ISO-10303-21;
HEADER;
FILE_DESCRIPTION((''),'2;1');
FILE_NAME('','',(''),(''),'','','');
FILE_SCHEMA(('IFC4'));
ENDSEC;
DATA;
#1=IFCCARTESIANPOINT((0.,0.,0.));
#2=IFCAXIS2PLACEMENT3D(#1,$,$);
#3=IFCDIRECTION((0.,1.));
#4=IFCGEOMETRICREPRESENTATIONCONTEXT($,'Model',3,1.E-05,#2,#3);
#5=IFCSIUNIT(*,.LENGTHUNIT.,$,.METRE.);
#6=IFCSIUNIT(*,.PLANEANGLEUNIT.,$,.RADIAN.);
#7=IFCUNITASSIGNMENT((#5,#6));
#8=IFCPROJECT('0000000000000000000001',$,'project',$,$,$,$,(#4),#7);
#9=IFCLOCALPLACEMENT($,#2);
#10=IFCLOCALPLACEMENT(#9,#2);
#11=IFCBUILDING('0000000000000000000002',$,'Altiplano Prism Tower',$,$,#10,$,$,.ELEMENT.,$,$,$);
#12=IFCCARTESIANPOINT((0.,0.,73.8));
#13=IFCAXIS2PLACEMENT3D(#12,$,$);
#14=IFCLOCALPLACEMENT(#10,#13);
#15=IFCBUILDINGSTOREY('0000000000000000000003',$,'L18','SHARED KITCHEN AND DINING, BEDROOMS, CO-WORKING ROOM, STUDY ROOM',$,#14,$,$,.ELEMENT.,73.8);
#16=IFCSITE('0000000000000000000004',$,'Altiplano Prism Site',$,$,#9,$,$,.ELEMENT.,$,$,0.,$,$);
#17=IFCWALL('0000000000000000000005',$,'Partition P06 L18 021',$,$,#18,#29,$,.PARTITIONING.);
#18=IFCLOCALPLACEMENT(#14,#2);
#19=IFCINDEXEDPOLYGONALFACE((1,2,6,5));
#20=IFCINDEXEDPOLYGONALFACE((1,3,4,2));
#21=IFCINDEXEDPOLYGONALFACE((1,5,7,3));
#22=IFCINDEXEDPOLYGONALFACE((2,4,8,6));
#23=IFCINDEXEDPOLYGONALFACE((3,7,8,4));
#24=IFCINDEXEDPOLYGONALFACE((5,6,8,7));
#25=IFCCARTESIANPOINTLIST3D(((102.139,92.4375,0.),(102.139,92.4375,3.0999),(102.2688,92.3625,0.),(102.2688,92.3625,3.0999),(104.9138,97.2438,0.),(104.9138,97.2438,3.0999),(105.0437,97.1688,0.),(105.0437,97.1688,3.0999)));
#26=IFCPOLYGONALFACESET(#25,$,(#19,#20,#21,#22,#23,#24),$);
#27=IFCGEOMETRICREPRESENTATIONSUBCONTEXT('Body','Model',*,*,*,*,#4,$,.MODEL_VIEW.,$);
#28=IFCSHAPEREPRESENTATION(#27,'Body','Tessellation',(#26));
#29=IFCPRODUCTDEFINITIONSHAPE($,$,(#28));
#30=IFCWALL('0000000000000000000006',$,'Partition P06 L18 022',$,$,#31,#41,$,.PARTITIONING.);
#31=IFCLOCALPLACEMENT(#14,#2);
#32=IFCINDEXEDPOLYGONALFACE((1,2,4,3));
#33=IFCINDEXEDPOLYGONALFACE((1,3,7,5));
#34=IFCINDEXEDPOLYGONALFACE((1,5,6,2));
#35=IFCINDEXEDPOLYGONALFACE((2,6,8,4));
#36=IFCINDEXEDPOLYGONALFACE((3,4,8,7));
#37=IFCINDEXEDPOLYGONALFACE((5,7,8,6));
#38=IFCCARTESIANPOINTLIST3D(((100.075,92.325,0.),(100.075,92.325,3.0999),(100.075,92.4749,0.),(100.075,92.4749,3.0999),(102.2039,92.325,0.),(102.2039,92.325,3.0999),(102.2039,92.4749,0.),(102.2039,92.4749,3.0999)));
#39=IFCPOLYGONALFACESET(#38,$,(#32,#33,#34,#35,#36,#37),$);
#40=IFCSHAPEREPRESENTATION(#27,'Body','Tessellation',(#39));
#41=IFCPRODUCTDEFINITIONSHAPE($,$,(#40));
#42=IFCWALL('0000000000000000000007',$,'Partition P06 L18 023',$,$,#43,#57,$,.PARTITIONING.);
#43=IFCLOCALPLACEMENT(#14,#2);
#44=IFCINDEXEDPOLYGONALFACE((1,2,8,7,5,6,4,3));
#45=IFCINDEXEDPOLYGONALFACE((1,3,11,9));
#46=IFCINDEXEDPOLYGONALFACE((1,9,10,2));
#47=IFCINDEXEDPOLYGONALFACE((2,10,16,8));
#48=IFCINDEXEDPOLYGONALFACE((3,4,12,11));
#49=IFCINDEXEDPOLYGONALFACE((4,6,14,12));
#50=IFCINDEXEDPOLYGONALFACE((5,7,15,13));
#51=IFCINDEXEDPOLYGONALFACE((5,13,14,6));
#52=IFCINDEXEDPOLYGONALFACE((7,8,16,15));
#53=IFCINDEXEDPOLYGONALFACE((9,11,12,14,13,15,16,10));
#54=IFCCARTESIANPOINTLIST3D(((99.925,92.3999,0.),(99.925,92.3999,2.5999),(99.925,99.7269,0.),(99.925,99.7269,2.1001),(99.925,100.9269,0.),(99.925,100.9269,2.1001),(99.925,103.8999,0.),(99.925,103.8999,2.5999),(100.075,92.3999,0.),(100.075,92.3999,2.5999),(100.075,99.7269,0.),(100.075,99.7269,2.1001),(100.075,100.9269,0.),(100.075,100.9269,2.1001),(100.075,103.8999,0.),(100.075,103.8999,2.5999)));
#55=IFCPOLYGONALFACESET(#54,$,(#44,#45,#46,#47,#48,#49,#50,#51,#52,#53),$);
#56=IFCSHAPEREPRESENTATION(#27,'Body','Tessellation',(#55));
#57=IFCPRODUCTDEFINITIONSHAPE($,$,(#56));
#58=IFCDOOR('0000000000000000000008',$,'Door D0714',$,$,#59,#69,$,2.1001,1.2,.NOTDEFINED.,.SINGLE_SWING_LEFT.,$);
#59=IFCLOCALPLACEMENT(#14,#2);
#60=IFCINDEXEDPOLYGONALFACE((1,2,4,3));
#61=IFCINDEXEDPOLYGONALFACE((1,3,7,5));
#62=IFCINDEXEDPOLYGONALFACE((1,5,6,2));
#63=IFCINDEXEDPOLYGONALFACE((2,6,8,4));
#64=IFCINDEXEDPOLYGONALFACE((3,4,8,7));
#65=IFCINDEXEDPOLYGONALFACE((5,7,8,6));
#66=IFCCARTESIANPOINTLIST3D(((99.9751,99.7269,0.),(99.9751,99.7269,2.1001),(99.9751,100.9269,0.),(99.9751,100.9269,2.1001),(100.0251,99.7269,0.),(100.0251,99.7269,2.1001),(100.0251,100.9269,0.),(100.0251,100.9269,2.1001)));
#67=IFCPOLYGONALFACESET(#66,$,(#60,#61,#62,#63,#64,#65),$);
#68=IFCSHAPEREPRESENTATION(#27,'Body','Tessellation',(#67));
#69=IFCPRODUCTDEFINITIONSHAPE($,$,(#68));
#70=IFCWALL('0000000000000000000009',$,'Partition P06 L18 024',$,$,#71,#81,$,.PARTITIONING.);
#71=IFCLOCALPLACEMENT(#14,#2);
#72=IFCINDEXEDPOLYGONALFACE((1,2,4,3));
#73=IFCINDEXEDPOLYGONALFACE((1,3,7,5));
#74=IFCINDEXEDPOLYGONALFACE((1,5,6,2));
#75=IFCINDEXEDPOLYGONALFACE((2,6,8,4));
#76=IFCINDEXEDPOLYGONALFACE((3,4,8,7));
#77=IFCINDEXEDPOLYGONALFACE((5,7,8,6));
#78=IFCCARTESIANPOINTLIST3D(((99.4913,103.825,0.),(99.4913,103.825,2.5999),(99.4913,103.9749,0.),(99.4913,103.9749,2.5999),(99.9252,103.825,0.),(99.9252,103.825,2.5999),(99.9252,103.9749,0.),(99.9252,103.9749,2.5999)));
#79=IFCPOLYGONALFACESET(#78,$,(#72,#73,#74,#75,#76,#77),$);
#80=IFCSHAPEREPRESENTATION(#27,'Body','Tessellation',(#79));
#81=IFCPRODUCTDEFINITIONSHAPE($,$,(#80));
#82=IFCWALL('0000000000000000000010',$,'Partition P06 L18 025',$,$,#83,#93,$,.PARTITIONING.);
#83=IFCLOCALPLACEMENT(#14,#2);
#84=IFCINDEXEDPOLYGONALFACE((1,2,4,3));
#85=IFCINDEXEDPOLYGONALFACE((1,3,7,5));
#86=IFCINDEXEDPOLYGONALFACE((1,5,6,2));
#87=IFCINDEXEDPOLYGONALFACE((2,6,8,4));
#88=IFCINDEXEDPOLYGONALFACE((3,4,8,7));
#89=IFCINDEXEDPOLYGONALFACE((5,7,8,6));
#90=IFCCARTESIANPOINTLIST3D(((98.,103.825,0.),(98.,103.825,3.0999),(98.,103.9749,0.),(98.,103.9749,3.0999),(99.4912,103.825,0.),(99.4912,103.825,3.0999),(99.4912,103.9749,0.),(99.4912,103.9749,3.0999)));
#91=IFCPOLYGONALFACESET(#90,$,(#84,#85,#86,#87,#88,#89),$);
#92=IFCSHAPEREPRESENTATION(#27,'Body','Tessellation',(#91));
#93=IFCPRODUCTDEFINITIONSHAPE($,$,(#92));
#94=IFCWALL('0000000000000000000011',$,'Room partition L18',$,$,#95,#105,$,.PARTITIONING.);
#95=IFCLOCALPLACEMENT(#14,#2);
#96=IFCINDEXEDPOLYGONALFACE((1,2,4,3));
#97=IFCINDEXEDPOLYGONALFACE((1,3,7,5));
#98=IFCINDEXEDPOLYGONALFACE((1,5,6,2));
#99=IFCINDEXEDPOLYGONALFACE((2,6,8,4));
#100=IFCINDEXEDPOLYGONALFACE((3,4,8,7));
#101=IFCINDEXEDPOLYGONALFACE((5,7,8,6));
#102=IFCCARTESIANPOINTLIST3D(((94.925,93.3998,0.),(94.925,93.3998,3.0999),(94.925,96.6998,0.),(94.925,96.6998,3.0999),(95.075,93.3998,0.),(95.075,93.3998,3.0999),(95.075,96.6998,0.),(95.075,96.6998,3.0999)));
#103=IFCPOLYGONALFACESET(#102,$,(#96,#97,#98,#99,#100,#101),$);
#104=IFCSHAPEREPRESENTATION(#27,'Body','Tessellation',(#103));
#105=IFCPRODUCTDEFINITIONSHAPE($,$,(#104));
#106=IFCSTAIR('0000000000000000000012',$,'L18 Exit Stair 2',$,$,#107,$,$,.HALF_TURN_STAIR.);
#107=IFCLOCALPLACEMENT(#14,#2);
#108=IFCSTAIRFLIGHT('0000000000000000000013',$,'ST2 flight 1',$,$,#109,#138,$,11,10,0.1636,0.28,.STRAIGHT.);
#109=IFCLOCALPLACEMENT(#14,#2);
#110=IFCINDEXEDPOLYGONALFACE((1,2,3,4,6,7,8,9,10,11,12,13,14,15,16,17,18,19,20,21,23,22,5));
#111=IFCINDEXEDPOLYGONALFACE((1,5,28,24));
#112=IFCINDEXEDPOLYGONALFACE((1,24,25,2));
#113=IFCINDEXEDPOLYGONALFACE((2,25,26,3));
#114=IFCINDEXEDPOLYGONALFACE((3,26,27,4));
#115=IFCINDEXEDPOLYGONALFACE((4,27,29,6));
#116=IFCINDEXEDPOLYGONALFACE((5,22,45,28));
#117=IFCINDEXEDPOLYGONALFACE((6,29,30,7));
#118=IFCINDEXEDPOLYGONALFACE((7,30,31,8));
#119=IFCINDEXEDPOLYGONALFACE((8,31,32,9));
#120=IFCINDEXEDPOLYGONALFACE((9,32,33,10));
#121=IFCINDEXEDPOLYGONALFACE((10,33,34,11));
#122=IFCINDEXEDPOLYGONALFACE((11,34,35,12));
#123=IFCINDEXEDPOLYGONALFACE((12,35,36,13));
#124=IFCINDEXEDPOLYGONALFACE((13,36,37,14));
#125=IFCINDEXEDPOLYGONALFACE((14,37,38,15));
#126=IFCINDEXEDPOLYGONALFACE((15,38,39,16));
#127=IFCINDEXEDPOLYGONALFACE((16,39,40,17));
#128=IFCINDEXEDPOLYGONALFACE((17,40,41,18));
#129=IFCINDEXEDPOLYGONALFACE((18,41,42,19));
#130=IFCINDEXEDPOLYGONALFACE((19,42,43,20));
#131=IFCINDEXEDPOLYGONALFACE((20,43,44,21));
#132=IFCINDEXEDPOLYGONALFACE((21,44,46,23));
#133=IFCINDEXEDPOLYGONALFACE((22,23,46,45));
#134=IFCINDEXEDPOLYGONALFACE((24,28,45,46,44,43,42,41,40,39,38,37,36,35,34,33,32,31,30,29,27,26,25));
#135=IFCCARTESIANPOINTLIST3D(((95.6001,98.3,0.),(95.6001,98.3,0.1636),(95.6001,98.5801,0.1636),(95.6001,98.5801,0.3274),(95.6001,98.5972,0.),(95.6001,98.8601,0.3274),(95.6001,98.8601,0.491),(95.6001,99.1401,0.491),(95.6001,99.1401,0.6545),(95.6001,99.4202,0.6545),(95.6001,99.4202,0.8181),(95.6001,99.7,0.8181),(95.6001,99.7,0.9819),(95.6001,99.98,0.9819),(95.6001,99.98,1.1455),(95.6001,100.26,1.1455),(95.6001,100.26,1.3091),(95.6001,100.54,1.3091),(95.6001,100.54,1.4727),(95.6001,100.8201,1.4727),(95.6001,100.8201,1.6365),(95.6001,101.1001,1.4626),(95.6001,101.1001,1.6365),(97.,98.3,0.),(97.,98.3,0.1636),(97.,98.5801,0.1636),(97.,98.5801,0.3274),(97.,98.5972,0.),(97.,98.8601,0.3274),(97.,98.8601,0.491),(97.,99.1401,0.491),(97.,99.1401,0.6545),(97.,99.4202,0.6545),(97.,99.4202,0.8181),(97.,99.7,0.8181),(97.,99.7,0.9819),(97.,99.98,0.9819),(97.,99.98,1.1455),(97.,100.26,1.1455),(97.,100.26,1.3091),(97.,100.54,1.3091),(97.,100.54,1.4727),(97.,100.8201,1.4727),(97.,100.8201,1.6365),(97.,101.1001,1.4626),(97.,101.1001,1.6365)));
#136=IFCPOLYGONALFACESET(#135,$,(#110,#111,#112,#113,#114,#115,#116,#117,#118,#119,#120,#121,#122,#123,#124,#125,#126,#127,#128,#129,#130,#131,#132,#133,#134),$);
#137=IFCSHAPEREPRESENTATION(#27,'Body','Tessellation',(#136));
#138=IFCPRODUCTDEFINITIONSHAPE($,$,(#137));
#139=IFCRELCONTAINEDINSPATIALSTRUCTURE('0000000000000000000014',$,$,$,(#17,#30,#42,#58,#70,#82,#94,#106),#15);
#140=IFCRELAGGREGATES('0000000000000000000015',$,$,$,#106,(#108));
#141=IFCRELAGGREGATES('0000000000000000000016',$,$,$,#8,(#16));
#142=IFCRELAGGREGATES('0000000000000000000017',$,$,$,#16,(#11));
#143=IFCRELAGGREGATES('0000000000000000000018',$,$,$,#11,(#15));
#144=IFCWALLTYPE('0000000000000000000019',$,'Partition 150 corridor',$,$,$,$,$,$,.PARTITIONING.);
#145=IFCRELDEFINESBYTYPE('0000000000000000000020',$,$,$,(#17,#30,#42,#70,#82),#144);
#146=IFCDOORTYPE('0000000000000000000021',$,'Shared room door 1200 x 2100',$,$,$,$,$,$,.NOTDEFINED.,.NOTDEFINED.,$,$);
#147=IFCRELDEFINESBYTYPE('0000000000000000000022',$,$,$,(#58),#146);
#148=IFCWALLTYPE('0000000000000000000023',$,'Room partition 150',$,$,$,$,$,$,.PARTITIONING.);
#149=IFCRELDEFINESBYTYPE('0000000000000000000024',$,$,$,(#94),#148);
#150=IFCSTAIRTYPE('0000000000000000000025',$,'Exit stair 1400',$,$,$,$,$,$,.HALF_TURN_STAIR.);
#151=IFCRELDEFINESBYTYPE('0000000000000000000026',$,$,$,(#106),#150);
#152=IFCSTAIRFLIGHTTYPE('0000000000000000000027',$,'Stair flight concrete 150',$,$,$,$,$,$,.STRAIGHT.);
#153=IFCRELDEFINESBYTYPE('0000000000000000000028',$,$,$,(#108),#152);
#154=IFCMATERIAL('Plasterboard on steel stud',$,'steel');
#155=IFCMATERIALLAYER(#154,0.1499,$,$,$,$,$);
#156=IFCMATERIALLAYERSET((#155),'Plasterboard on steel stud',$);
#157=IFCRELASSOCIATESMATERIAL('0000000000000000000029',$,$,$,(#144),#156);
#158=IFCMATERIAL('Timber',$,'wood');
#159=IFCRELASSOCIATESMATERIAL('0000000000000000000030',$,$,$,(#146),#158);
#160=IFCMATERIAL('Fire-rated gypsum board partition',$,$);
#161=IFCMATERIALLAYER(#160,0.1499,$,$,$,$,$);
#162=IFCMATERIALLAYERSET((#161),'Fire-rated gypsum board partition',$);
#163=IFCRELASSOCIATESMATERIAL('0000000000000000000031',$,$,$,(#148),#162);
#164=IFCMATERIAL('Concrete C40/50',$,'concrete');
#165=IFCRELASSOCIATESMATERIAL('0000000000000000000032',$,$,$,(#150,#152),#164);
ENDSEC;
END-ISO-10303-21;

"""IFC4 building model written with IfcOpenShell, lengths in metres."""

from ifc_helpers import new_model, si_unit, direction, frame, frame_2d, origin, place, context, subcontext, project, spatial, polyline, rectangle, outline, extrude, material, layer, layer_set, type_object, element, fill, aggregate, save


model = new_model("IFC4")

# Units and contexts
model_context = context("Model", 3, precision=1e-05, world=origin(), true_north=direction((0.0, 1.0)))
body_context = subcontext(model_context, "Body", "Model", "MODEL_VIEW")
ifc_project = project(units=[si_unit("LENGTHUNIT", "METRE"), si_unit("PLANEANGLEUNIT", "RADIAN")], contexts=[model_context])

# Site, building, storey
site_placement = place(None, origin())
site = spatial("IfcSite", under=ifc_project, at=site_placement, Name="Altiplano Prism Site", CompositionType="ELEMENT", RefElevation=0.0)
building_placement = place(site_placement, origin())
building = spatial("IfcBuilding", under=site, at=building_placement, Name="Altiplano Prism Tower", CompositionType="ELEMENT")
storey_placement = place(building_placement, frame((0.0, 0.0, 73.8)))
storey = spatial("IfcBuildingStorey", under=building, at=storey_placement, Name="L18", Description="SHARED KITCHEN AND DINING, BEDROOMS, CO-WORKING ROOM, STUDY ROOM", CompositionType="ELEMENT", Elevation=73.8)

# Shared definitions
ifc_material_1 = material(Name="Plasterboard on steel stud", Category="steel")

# Shared definitions
ifc_layer_1 = layer(ifc_material_1, 0.1499)
ifc_layer_set_1 = layer_set([ifc_layer_1], Name="Plasterboard on steel stud")
wall_type_1 = type_object("IfcWallType", Name="Partition 150 corridor", PredefinedType="PARTITIONING", material=ifc_layer_set_1)
ifc_material_2 = material(Name="Timber", Category="wood")
door_type = type_object("IfcDoorType", Name="Shared room door 1200 x 2100", OperationType="NOTDEFINED", PredefinedType="NOTDEFINED", material=ifc_material_2)

# Walls
wall_1_placement = place(storey_placement, frame((104.9788, 97.2063, 0.0), z_axis=(0.0, 0.0, 1.0), x_axis=(-0.49999, -0.866031, 0.0)))
element("IfcWall", 1, at=wall_1_placement, inside=storey, type_object=wall_type_1, Name="Partition P06 L18 021", PredefinedType="PARTITIONING", context=body_context, shape_type="SweptSolid", body=[
    extrude(rectangle(XDim=5.5498, YDim=0.1499, at=frame_2d((2.7749, 0.0))), origin(), (0.0, 0.0, 1.0), 3.0999),
])
wall_2_placement = place(storey_placement, frame((102.2039, 92.3999, 0.0), z_axis=(0.0, 0.0, 1.0), x_axis=(-1.0, 0.0, 0.0)))
element("IfcWall", 2, at=wall_2_placement, inside=storey, type_object=wall_type_1, Name="Partition P06 L18 022", PredefinedType="PARTITIONING", context=body_context, shape_type="SweptSolid", body=[
    extrude(rectangle(XDim=2.1289, YDim=0.1499, at=frame_2d((1.0645, 0.0))), origin(), (0.0, 0.0, 1.0), 3.0999),
])

# Wall, opening, door
wall_3_placement = place(storey_placement, frame((100.0, 92.3999, 0.0), z_axis=(0.0, 0.0, 1.0), x_axis=(0.0, 1.0, 0.0)))
wall_3 = element("IfcWall", 3, at=wall_3_placement, inside=storey, type_object=wall_type_1, Name="Partition P06 L18 023", PredefinedType="PARTITIONING", context=body_context, shape_type="SweptSolid", body=[
    extrude(rectangle(XDim=11.5, YDim=0.1499, at=frame_2d((5.75, 0.0))), origin(), (0.0, 0.0, 1.0), 2.5999),
])
opening_1_placement = place(wall_3_placement, frame((7.3269, 0.0, 0.0)))
opening_1 = element("IfcOpeningElement", 4, at=opening_1_placement, cuts=wall_3, PredefinedType="OPENING", context=body_context, shape_type="SweptSolid", body=[
    extrude(rectangle(XDim=1.2, YDim=2.1001, at=frame_2d((0.6001, 1.05))), frame((0.0, 0.0854, 0.0), z_axis=(0.0, -1.0, 0.0), x_axis=(1.0, 0.0, 0.0)), (0.0, 0.0, 1.0), 0.1709),
])
door_1_placement = place(opening_1_placement, origin())
door_1 = element("IfcDoor", 5, at=door_1_placement, inside=storey, type_object=door_type, Name="Door D0714", OperationType="SINGLE_SWING_LEFT", OverallHeight=2.1001, OverallWidth=1.2, PredefinedType="NOTDEFINED", context=body_context, shape_type="SweptSolid", body=[
    extrude(rectangle(XDim=1.2, YDim=2.1001, at=frame_2d((0.6001, 1.05))), frame((0.0, 0.0249, 0.0), z_axis=(0.0, -1.0, 0.0), x_axis=(1.0, 0.0, 0.0)), (0.0, 0.0, 1.0), 0.05),
])
fill(opening_1, door_1)

# Walls
wall_4_placement = place(storey_placement, frame((99.925, 103.8999, 0.0), z_axis=(0.0, 0.0, 1.0), x_axis=(-1.0, 0.0, 0.0)))
element("IfcWall", 6, at=wall_4_placement, inside=storey, type_object=wall_type_1, Name="Partition P06 L18 024", PredefinedType="PARTITIONING", context=body_context, shape_type="SweptSolid", body=[
    extrude(rectangle(XDim=0.4338, YDim=0.1499, at=frame_2d((0.2168, 0.0))), origin(), (0.0, 0.0, 1.0), 2.5999),
])
wall_5_placement = place(storey_placement, frame((99.4912, 103.8999, 0.0), z_axis=(0.0, 0.0, 1.0), x_axis=(-1.0, 0.0, 0.0)))
element("IfcWall", 7, at=wall_5_placement, inside=storey, type_object=wall_type_1, Name="Partition P06 L18 025", PredefinedType="PARTITIONING", context=body_context, shape_type="SweptSolid", body=[
    extrude(rectangle(XDim=1.4912, YDim=0.1499, at=frame_2d((0.7456, 0.0))), origin(), (0.0, 0.0, 1.0), 3.0999),
])
ifc_material_3 = material(Name="Fire-rated gypsum board partition")
ifc_layer_2 = layer(ifc_material_3, 0.1499)
ifc_layer_set_2 = layer_set([ifc_layer_2], Name="Fire-rated gypsum board partition")
wall_type_2 = type_object("IfcWallType", Name="Room partition 150", PredefinedType="PARTITIONING", material=ifc_layer_set_2)
wall_6_placement = place(storey_placement, frame((95.0, 93.3999, 0.0), z_axis=(0.0, 0.0, 1.0), x_axis=(0.0, 1.0, 0.0)))
element("IfcWall", 8, at=wall_6_placement, inside=storey, type_object=wall_type_2, Name="Room partition L18", PredefinedType="PARTITIONING", context=body_context, shape_type="SweptSolid", body=[
    extrude(rectangle(XDim=3.3, YDim=0.1499, at=frame_2d((1.6499, 0.0))), origin(), (0.0, 0.0, 1.0), 3.0999),
])

# Stair, stair flight
ifc_material_4 = material(Name="Concrete C40/50", Category="concrete")
stair_type = type_object("IfcStairType", Name="Exit stair 1400", PredefinedType="HALF_TURN_STAIR", material=ifc_material_4)
stair_placement = place(storey_placement, origin())
stair = element("IfcStair", 9, at=stair_placement, inside=storey, type_object=stair_type, Name="L18 Exit Stair 2", PredefinedType="HALF_TURN_STAIR")
stair_flight_type = type_object("IfcStairFlightType", Name="Stair flight concrete 150", PredefinedType="STRAIGHT", material=ifc_material_4)
stair_flight_placement = place(storey_placement, frame((96.3, 98.3, 0.0), z_axis=(0.0, 0.0, 1.0), x_axis=(0.0, 1.0, 0.0)))
stair_flight = element("IfcStairFlight", 10, at=stair_flight_placement, type_object=stair_flight_type, Name="ST2 flight 1", NumberOfRisers=11, NumberOfTreads=10, PredefinedType="STRAIGHT", RiserHeight=0.1636, TreadLength=0.28, context=body_context, shape_type="SweptSolid", body=[
    extrude(outline(polyline([(0.0, 0.0), (0.0, 0.1636), (0.28, 0.1636), (0.28, 0.3274), (0.5601, 0.3274), (0.5601, 0.491), (0.8401, 0.491), (0.8401, 0.6545), (1.1201, 0.6545), (1.1201, 0.8181), (1.3999, 0.8181), (1.3999, 0.9819), (1.6799, 0.9819), (1.6799, 1.1455), (1.96, 1.1455), (1.96, 1.3091), (2.24, 1.3091), (2.24, 1.4727), (2.52, 1.4727), (2.52, 1.6365), (2.8, 1.6365), (2.8, 1.8), (2.8, 1.4626), (0.2971, 0.0), (0.0, 0.0)])), frame((0.0, 0.7, 0.0), z_axis=(0.0, -1.0, 0.0), x_axis=(1.0, 0.0, 0.0)), (0.0, 0.0, 1.0), 1.3999),
])
aggregate(stair, [stair_flight])

save(model, "model.ifc")
